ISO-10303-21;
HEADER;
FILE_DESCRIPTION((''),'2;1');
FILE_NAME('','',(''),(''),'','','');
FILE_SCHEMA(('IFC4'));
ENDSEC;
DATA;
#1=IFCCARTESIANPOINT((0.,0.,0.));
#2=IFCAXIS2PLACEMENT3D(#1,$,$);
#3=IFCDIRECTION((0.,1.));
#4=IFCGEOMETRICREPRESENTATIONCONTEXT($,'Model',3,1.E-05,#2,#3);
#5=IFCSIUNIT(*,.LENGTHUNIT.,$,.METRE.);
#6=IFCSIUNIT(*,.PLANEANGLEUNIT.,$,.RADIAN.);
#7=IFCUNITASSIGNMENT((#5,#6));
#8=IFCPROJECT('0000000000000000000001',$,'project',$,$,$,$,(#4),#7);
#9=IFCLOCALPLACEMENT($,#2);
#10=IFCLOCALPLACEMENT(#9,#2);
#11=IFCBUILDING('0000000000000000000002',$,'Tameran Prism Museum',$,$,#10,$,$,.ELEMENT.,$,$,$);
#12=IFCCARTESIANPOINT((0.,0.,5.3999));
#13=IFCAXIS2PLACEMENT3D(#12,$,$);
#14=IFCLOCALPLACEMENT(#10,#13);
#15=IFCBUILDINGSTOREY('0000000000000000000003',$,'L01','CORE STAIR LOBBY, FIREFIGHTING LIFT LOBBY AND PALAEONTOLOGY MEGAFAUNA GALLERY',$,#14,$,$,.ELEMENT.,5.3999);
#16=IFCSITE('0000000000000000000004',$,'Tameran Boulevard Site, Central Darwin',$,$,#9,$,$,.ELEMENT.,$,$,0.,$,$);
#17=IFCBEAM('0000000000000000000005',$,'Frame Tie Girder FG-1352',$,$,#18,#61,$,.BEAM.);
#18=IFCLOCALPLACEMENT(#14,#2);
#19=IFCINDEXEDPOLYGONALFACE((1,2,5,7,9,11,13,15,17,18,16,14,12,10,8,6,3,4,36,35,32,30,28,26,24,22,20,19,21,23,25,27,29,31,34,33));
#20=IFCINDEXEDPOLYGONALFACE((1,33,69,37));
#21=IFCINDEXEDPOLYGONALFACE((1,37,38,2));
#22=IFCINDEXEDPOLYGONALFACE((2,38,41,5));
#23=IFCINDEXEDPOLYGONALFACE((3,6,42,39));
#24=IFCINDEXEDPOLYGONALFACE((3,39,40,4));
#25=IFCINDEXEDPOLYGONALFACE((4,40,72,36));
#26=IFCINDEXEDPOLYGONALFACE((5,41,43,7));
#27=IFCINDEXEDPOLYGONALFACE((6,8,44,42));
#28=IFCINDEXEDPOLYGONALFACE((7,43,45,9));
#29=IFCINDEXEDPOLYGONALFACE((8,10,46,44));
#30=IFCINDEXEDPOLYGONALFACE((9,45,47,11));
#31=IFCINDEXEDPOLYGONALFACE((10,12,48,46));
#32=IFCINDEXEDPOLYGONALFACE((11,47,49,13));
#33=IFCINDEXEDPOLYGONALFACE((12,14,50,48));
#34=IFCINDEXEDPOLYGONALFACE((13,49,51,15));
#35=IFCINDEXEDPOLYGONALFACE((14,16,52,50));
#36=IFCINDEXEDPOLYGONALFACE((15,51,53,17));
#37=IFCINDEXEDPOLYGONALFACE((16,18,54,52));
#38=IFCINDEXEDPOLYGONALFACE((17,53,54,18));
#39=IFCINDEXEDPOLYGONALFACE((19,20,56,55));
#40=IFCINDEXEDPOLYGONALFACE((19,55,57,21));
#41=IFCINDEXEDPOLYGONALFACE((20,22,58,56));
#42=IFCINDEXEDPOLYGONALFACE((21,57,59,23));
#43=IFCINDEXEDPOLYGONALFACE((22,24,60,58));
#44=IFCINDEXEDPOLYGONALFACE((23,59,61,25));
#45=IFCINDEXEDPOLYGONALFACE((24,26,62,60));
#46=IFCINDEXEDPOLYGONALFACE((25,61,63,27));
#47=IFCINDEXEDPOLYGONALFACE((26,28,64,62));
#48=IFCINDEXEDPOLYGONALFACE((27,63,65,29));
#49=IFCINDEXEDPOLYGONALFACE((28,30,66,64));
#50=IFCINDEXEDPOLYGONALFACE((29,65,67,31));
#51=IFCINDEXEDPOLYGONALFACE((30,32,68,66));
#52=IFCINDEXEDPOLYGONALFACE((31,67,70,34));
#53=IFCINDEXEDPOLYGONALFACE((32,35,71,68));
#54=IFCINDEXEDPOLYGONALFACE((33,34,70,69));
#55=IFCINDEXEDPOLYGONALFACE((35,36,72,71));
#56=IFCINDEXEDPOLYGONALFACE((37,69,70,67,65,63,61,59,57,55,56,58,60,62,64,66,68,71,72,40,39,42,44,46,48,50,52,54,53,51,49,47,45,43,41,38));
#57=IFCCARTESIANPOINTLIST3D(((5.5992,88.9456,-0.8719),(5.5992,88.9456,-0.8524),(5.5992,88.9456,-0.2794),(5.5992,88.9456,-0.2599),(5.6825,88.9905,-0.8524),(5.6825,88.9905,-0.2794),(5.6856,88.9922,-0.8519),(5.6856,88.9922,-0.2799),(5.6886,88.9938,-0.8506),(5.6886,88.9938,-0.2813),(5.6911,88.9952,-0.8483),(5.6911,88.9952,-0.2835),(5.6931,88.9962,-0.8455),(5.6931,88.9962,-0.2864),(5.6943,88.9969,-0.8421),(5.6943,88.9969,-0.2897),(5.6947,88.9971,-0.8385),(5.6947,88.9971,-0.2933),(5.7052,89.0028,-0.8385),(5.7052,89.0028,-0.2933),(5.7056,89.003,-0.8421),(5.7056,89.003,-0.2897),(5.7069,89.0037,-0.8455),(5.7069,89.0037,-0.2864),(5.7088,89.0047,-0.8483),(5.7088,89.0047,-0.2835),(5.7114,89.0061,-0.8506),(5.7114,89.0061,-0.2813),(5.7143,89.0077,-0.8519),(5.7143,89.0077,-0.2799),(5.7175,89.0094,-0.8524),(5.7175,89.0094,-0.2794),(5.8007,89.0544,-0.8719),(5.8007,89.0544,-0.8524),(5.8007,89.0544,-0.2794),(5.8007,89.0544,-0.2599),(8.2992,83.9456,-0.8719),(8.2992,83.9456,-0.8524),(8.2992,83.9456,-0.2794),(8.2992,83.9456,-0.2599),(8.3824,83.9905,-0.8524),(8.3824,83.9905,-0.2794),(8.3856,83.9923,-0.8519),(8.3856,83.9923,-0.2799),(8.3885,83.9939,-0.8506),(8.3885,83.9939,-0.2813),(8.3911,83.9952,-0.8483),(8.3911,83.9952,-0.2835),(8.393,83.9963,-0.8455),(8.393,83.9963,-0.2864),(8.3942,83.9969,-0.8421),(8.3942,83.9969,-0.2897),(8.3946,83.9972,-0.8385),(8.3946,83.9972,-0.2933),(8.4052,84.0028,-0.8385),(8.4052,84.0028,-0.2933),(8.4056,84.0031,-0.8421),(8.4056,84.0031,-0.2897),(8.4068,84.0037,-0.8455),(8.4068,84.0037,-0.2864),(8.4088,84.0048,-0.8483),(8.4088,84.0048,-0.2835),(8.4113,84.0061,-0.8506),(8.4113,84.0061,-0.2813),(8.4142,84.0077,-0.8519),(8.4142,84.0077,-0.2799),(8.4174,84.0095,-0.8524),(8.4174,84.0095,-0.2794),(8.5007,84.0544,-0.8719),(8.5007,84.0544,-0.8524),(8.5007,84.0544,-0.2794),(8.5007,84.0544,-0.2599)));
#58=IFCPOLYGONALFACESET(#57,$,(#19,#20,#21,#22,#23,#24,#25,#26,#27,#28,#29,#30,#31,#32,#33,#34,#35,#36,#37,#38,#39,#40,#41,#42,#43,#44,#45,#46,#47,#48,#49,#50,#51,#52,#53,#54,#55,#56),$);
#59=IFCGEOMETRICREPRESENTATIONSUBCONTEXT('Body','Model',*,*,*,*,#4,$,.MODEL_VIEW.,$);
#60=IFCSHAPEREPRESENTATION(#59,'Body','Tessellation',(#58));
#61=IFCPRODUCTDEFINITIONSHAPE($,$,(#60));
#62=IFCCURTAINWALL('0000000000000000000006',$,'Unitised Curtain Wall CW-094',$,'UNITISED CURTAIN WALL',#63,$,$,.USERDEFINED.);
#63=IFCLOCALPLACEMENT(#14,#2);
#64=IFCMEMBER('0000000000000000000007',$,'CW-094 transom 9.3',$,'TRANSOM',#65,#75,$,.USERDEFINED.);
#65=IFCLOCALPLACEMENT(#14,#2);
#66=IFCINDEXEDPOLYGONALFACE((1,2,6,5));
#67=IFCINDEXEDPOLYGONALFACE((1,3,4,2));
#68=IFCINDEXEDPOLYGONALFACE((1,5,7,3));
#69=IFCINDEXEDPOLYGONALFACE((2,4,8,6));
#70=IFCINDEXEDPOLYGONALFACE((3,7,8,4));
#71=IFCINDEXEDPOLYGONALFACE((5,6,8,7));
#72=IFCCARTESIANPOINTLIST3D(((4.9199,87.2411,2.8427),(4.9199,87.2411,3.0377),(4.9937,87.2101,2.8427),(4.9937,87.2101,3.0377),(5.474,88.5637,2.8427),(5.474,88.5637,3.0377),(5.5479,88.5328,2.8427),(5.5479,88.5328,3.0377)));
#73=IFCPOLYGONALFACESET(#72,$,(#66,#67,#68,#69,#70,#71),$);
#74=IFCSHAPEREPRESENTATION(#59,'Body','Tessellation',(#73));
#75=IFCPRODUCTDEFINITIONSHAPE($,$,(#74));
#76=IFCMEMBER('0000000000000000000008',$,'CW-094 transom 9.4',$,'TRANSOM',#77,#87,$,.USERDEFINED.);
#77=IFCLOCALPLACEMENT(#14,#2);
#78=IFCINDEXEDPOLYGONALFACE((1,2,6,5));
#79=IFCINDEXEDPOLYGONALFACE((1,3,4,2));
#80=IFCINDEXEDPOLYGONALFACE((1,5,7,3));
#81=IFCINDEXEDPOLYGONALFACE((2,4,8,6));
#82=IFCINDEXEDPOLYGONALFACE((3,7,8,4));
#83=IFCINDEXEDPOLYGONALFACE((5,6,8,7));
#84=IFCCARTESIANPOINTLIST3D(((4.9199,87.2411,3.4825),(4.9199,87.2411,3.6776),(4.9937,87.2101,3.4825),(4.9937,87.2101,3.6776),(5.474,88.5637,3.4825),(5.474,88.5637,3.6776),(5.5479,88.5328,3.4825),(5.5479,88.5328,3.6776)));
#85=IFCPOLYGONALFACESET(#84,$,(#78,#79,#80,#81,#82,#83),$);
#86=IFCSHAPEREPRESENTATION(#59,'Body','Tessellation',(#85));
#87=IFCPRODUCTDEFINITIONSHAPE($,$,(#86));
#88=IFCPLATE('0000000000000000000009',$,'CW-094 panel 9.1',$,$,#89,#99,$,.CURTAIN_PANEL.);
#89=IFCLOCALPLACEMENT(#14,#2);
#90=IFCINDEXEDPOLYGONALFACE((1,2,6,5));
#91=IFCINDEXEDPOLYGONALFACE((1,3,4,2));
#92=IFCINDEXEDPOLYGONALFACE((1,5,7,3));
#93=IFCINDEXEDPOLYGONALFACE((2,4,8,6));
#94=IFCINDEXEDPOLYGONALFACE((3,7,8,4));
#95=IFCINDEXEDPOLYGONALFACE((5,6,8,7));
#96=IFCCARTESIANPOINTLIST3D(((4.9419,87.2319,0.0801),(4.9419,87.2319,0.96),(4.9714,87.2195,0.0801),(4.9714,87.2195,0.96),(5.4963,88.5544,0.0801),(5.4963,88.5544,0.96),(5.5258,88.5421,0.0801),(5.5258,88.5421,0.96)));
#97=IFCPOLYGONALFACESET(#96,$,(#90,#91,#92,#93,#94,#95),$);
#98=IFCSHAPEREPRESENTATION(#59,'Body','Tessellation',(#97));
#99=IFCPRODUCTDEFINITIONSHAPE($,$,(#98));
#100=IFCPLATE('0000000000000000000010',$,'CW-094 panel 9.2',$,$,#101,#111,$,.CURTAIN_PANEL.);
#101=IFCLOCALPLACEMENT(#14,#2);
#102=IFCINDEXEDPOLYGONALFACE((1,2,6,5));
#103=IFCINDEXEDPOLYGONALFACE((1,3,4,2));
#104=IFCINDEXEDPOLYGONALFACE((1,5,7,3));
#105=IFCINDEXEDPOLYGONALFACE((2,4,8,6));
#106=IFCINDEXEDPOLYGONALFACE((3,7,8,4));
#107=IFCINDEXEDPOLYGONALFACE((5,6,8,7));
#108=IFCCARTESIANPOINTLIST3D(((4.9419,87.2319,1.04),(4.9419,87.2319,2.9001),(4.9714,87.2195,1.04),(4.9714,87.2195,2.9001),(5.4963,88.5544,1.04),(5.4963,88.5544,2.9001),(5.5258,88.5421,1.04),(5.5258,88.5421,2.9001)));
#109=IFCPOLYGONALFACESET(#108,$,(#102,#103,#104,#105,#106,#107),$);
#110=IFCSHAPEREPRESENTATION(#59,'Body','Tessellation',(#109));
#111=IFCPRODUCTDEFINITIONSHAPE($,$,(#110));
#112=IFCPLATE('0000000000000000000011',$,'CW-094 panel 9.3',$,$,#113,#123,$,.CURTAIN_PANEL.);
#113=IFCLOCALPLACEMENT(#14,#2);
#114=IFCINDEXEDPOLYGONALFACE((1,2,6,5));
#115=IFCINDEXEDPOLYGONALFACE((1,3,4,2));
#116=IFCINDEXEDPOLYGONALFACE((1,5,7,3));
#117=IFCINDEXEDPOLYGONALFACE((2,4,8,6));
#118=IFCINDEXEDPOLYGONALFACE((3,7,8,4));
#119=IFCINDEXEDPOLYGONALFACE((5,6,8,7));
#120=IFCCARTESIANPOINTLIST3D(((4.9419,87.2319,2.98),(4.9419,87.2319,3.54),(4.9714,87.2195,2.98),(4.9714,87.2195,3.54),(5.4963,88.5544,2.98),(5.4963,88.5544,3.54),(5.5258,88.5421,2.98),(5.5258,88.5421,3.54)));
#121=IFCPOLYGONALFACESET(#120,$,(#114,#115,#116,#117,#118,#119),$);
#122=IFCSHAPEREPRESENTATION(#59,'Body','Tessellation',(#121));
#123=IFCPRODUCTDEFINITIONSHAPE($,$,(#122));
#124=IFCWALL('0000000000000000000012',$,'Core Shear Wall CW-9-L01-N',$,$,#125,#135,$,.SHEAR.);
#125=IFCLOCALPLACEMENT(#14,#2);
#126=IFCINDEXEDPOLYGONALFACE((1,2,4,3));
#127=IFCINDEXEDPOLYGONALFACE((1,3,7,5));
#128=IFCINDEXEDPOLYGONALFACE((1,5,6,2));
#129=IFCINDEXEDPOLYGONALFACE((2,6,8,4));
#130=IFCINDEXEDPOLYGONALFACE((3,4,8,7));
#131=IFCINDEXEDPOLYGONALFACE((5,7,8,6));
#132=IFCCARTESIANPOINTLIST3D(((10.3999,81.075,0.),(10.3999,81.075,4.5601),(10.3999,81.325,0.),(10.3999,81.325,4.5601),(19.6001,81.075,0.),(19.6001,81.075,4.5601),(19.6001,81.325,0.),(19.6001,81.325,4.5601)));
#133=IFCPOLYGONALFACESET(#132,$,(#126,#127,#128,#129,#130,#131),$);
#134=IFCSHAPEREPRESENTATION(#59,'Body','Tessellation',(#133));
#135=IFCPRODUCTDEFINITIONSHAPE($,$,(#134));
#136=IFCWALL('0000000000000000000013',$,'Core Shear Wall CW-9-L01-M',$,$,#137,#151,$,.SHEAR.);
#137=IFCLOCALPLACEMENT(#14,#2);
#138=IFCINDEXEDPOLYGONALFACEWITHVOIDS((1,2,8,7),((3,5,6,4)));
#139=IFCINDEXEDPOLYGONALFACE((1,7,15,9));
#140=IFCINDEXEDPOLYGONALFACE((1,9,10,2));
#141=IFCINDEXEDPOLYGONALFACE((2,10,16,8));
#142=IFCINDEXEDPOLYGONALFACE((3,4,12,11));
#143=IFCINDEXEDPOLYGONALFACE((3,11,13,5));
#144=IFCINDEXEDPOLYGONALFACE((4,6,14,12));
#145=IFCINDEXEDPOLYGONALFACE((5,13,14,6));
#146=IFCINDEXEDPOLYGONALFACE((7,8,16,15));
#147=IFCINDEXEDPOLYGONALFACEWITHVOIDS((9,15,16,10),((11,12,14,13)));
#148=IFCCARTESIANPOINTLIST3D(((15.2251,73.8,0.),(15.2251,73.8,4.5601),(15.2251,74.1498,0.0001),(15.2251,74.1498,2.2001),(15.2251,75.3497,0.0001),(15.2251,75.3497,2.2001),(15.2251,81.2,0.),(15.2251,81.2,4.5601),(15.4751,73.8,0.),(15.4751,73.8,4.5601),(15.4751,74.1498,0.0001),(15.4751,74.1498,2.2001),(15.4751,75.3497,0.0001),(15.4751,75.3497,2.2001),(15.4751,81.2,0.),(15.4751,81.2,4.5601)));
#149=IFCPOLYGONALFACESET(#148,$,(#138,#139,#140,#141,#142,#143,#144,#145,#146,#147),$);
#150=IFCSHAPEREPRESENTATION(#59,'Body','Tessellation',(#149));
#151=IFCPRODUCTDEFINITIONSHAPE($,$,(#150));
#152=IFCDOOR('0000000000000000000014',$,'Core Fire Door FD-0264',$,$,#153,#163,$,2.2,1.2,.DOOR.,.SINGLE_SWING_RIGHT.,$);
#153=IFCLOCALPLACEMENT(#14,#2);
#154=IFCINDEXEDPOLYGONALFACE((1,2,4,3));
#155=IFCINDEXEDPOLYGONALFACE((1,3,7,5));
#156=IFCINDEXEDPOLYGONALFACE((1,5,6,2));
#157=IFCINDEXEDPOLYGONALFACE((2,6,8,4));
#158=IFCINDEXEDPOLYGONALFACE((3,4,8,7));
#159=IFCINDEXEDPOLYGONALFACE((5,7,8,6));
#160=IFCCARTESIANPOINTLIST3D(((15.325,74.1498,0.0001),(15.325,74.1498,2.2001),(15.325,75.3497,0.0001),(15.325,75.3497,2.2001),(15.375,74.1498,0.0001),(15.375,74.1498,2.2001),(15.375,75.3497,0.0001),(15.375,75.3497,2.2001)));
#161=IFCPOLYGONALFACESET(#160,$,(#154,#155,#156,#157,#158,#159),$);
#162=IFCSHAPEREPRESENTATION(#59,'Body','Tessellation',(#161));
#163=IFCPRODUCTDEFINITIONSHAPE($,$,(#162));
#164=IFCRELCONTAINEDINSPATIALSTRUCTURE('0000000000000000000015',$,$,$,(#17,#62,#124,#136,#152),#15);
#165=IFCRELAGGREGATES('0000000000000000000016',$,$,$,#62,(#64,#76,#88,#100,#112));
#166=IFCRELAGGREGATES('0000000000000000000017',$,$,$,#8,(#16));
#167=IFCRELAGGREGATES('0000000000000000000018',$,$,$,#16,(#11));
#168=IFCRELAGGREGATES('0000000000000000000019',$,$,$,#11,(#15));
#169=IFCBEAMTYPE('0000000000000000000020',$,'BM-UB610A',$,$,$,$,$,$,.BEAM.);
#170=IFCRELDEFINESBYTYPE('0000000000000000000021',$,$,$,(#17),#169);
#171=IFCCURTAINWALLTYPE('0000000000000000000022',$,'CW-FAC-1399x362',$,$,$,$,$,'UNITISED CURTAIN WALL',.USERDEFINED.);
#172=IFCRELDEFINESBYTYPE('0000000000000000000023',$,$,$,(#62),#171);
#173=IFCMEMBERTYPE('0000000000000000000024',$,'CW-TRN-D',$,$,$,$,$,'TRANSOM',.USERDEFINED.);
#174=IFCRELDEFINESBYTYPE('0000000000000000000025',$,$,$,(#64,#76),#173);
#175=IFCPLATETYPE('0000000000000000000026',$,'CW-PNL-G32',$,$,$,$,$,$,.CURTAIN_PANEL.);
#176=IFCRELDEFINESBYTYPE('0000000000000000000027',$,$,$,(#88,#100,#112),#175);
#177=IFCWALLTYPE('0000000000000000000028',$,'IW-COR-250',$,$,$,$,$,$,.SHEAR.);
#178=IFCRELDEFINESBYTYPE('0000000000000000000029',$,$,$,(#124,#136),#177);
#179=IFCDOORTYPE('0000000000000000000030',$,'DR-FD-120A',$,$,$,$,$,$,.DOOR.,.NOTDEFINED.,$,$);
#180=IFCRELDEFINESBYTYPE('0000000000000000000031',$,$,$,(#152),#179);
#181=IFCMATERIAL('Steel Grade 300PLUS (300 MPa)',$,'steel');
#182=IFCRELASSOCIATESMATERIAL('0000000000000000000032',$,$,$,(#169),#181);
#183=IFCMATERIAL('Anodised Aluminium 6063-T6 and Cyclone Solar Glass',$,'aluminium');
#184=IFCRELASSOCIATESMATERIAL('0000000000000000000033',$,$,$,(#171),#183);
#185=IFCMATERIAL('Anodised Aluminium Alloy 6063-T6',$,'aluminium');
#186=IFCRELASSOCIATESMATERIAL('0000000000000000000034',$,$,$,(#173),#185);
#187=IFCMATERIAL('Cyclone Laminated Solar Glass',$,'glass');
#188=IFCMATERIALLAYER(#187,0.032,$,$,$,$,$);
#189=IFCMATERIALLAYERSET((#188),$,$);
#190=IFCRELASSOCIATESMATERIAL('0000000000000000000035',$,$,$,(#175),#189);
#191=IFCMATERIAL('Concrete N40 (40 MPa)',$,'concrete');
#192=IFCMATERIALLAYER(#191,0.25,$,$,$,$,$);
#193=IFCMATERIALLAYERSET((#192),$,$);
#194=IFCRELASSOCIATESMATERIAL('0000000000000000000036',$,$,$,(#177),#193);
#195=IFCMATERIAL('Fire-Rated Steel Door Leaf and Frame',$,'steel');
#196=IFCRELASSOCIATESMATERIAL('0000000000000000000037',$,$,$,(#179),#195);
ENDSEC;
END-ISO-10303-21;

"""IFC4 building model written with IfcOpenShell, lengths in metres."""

from ifc_helpers import new_model, si_unit, direction, frame, frame_2d, origin, origin_2d, place, context, subcontext, project, spatial, rectangle, i_section, extrude, material, layer, layer_set, material_profile, profile_set, type_object, element, fill, aggregate, save


model = new_model("IFC4")

# Units and contexts
model_context = context("Model", 3, precision=1e-05, world=origin(), true_north=direction((0.0, 1.0)))
body_context = subcontext(model_context, "Body", "Model", "MODEL_VIEW")
ifc_project = project(units=[si_unit("LENGTHUNIT", "METRE"), si_unit("PLANEANGLEUNIT", "RADIAN")], contexts=[model_context])

# Site, building, storey
site_placement = place(None, origin())
site = spatial("IfcSite", under=ifc_project, at=site_placement, Name="Tameran Boulevard Site, Central Darwin", CompositionType="ELEMENT", RefElevation=0.0)
building_placement = place(site_placement, origin())
building = spatial("IfcBuilding", under=site, at=building_placement, Name="Tameran Prism Museum", CompositionType="ELEMENT")
storey_placement = place(building_placement, frame((0.0, 0.0, 5.3999)))
storey = spatial("IfcBuildingStorey", under=building, at=storey_placement, Name="L01", Description="CORE STAIR LOBBY, FIREFIGHTING LIFT LOBBY AND PALAEONTOLOGY MEGAFAUNA GALLERY", CompositionType="ELEMENT", Elevation=5.3999)

# Beam
ifc_material_1 = material(Name="Steel Grade 300PLUS (300 MPa)", Category="steel")
ifc_material_profile_1 = material_profile(ifc_material_1, i_section(OverallWidth=0.229, OverallDepth=0.6121, WebThickness=0.012, FlangeThickness=0.0195, FilletRadius=0.0139, at=origin_2d()))
ifc_profile_set_1 = profile_set([ifc_material_profile_1])
beam_type_1 = type_object("IfcBeamType", Name="BM-UB610A", PredefinedType="BEAM", material=ifc_profile_set_1)
beam_1_placement = place(storey_placement, frame((8.3999, 84.0, -0.5659), z_axis=(-0.475142, 0.879909, 0.0), x_axis=(-0.879909, -0.475142, 0.0)))
element("IfcBeam", 1, at=beam_1_placement, inside=storey, type_object=beam_type_1, Name="Frame Tie Girder FG-1352", PredefinedType="BEAM", context=body_context, shape_type="SweptSolid", body=[
    extrude(i_section(OverallWidth=0.229, OverallDepth=0.6121, WebThickness=0.012, FlangeThickness=0.0195, FilletRadius=0.0139, at=origin_2d()), origin(), (0.0, 0.0, 1.0), 5.6824),
])

# Curtain wall, members, plates
ifc_material_2 = material(Name="Anodised Aluminium 6063-T6 and Cyclone Solar Glass", Category="aluminium")
curtain_wall_type = type_object("IfcCurtainWallType", Name="CW-FAC-1399x362", ElementType="UNITISED CURTAIN WALL", PredefinedType="USERDEFINED", material=ifc_material_2)
curtain_wall_placement = place(storey_placement, origin())
curtain_wall = element("IfcCurtainWall", 2, at=curtain_wall_placement, inside=storey, type_object=curtain_wall_type, Name="Unitised Curtain Wall CW-094", ObjectType="UNITISED CURTAIN WALL", PredefinedType="USERDEFINED")
ifc_material_3 = material(Name="Anodised Aluminium Alloy 6063-T6", Category="aluminium")
ifc_material_profile_2 = material_profile(ifc_material_3, rectangle(XDim=0.0801, YDim=0.1951, at=origin_2d()))
ifc_profile_set_2 = profile_set([ifc_material_profile_2])
member_type = type_object("IfcMemberType", Name="CW-TRN-D", ElementType="TRANSOM", PredefinedType="USERDEFINED", material=ifc_profile_set_2)
member_1_placement = place(storey_placement, frame((4.9568, 87.2256, 2.9402), z_axis=(0.386428, 0.92232, 0.0), x_axis=(-0.92232, 0.386428, 0.0)))
member_1 = element("IfcMember", 3, at=member_1_placement, type_object=member_type, Name="CW-094 transom 9.3", ObjectType="TRANSOM", PredefinedType="USERDEFINED", context=body_context, shape_type="SweptSolid", body=[
    extrude(rectangle(XDim=0.0801, YDim=0.1951, at=origin_2d()), origin(), (0.0, 0.0, 1.0), 1.4341),
])
member_2_placement = place(storey_placement, frame((4.9568, 87.2256, 3.5801), z_axis=(0.386428, 0.92232, 0.0), x_axis=(-0.92232, 0.386428, 0.0)))
member_2 = element("IfcMember", 4, at=member_2_placement, type_object=member_type, Name="CW-094 transom 9.4", ObjectType="TRANSOM", PredefinedType="USERDEFINED", context=body_context, shape_type="SweptSolid", body=[
    extrude(rectangle(XDim=0.0801, YDim=0.1951, at=origin_2d()), origin(), (0.0, 0.0, 1.0), 1.4341),
])
ifc_material_4 = material(Name="Cyclone Laminated Solar Glass", Category="glass")
ifc_layer_1 = layer(ifc_material_4, 0.032)
ifc_layer_set_1 = layer_set([ifc_layer_1])
plate_type = type_object("IfcPlateType", Name="CW-PNL-G32", PredefinedType="CURTAIN_PANEL", material=ifc_layer_set_1)
plate_1_placement = place(storey_placement, frame((5.2339, 87.887, 0.0801), z_axis=(0.0, 0.0, 1.0), x_axis=(0.386589, 0.922252, 0.0)))
plate_1 = element("IfcPlate", 5, at=plate_1_placement, type_object=plate_type, Name="CW-094 panel 9.1", PredefinedType="CURTAIN_PANEL", context=body_context, shape_type="SweptSolid", body=[
    extrude(rectangle(XDim=1.4341, YDim=0.032, at=origin_2d()), origin(), (0.0, 0.0, 1.0), 0.8799),
])
plate_2_placement = place(storey_placement, frame((5.2339, 87.887, 1.04), z_axis=(0.0, 0.0, 1.0), x_axis=(0.386589, 0.922252, 0.0)))
plate_2 = element("IfcPlate", 6, at=plate_2_placement, type_object=plate_type, Name="CW-094 panel 9.2", PredefinedType="CURTAIN_PANEL", context=body_context, shape_type="SweptSolid", body=[
    extrude(rectangle(XDim=1.4341, YDim=0.032, at=origin_2d()), origin(), (0.0, 0.0, 1.0), 1.8601),
])
plate_3_placement = place(storey_placement, frame((5.2339, 87.887, 2.98), z_axis=(0.0, 0.0, 1.0), x_axis=(0.386589, 0.922252, 0.0)))
plate_3 = element("IfcPlate", 7, at=plate_3_placement, type_object=plate_type, Name="CW-094 panel 9.3", PredefinedType="CURTAIN_PANEL", context=body_context, shape_type="SweptSolid", body=[
    extrude(rectangle(XDim=1.4341, YDim=0.032, at=origin_2d()), origin(), (0.0, 0.0, 1.0), 0.5601),
])
aggregate(curtain_wall, [member_1, member_2, plate_1, plate_2, plate_3])

# Wall
ifc_material_5 = material(Name="Concrete N40 (40 MPa)", Category="concrete")
ifc_layer_2 = layer(ifc_material_5, 0.25)
ifc_layer_set_2 = layer_set([ifc_layer_2])
wall_type = type_object("IfcWallType", Name="IW-COR-250", PredefinedType="SHEAR", material=ifc_layer_set_2)
wall_1_placement = place(storey_placement, frame((10.3999, 81.2, 0.0), z_axis=(0.0, 0.0, 1.0), x_axis=(1.0, 0.0, 0.0)))
element("IfcWall", 8, at=wall_1_placement, inside=storey, type_object=wall_type, Name="Core Shear Wall CW-9-L01-N", PredefinedType="SHEAR", context=body_context, shape_type="SweptSolid", body=[
    extrude(rectangle(XDim=9.2002, YDim=0.25, at=frame_2d((4.6001, 0.0))), origin(), (0.0, 0.0, 1.0), 4.5601),
])

# Wall, opening, door
wall_2_placement = place(storey_placement, frame((15.3501, 81.2, 0.0), z_axis=(0.0, 0.0, 1.0), x_axis=(0.0, -1.0, 0.0)))
wall_2 = element("IfcWall", 9, at=wall_2_placement, inside=storey, type_object=wall_type, Name="Core Shear Wall CW-9-L01-M", PredefinedType="SHEAR", context=body_context, shape_type="SweptSolid", body=[
    extrude(rectangle(XDim=7.3999, YDim=0.25, at=frame_2d((3.7, 0.0))), origin(), (0.0, 0.0, 1.0), 4.5601),
])
opening_placement = place(wall_2_placement, frame((5.8501, 0.0, 0.0)))
opening = element("IfcOpeningElement", 10, at=opening_placement, cuts=wall_2, PredefinedType="OPENING", context=body_context, shape_type="SweptSolid", body=[
    extrude(rectangle(XDim=1.2, YDim=2.2, at=frame_2d((0.6001, 1.1001))), frame((0.0, 0.135, 0.0), z_axis=(0.0, -1.0, 0.0), x_axis=(1.0, 0.0, 0.0)), (0.0, 0.0, 1.0), 0.27),
])
ifc_material_6 = material(Name="Fire-Rated Steel Door Leaf and Frame", Category="steel")
door_type = type_object("IfcDoorType", Name="DR-FD-120A", OperationType="NOTDEFINED", PredefinedType="DOOR", material=ifc_material_6)
door_placement = place(opening_placement, origin())
door = element("IfcDoor", 11, at=door_placement, inside=storey, type_object=door_type, Name="Core Fire Door FD-0264", OperationType="SINGLE_SWING_RIGHT", OverallHeight=2.2, OverallWidth=1.2, PredefinedType="DOOR", context=body_context, shape_type="SweptSolid", body=[
    extrude(rectangle(XDim=1.2, YDim=2.2, at=frame_2d((0.6001, 1.1001))), frame((0.0, 0.0249, 0.0), z_axis=(0.0, -1.0, 0.0), x_axis=(1.0, 0.0, 0.0)), (0.0, 0.0, 1.0), 0.05),
])
fill(opening, door)

save(model, "model.ifc")
